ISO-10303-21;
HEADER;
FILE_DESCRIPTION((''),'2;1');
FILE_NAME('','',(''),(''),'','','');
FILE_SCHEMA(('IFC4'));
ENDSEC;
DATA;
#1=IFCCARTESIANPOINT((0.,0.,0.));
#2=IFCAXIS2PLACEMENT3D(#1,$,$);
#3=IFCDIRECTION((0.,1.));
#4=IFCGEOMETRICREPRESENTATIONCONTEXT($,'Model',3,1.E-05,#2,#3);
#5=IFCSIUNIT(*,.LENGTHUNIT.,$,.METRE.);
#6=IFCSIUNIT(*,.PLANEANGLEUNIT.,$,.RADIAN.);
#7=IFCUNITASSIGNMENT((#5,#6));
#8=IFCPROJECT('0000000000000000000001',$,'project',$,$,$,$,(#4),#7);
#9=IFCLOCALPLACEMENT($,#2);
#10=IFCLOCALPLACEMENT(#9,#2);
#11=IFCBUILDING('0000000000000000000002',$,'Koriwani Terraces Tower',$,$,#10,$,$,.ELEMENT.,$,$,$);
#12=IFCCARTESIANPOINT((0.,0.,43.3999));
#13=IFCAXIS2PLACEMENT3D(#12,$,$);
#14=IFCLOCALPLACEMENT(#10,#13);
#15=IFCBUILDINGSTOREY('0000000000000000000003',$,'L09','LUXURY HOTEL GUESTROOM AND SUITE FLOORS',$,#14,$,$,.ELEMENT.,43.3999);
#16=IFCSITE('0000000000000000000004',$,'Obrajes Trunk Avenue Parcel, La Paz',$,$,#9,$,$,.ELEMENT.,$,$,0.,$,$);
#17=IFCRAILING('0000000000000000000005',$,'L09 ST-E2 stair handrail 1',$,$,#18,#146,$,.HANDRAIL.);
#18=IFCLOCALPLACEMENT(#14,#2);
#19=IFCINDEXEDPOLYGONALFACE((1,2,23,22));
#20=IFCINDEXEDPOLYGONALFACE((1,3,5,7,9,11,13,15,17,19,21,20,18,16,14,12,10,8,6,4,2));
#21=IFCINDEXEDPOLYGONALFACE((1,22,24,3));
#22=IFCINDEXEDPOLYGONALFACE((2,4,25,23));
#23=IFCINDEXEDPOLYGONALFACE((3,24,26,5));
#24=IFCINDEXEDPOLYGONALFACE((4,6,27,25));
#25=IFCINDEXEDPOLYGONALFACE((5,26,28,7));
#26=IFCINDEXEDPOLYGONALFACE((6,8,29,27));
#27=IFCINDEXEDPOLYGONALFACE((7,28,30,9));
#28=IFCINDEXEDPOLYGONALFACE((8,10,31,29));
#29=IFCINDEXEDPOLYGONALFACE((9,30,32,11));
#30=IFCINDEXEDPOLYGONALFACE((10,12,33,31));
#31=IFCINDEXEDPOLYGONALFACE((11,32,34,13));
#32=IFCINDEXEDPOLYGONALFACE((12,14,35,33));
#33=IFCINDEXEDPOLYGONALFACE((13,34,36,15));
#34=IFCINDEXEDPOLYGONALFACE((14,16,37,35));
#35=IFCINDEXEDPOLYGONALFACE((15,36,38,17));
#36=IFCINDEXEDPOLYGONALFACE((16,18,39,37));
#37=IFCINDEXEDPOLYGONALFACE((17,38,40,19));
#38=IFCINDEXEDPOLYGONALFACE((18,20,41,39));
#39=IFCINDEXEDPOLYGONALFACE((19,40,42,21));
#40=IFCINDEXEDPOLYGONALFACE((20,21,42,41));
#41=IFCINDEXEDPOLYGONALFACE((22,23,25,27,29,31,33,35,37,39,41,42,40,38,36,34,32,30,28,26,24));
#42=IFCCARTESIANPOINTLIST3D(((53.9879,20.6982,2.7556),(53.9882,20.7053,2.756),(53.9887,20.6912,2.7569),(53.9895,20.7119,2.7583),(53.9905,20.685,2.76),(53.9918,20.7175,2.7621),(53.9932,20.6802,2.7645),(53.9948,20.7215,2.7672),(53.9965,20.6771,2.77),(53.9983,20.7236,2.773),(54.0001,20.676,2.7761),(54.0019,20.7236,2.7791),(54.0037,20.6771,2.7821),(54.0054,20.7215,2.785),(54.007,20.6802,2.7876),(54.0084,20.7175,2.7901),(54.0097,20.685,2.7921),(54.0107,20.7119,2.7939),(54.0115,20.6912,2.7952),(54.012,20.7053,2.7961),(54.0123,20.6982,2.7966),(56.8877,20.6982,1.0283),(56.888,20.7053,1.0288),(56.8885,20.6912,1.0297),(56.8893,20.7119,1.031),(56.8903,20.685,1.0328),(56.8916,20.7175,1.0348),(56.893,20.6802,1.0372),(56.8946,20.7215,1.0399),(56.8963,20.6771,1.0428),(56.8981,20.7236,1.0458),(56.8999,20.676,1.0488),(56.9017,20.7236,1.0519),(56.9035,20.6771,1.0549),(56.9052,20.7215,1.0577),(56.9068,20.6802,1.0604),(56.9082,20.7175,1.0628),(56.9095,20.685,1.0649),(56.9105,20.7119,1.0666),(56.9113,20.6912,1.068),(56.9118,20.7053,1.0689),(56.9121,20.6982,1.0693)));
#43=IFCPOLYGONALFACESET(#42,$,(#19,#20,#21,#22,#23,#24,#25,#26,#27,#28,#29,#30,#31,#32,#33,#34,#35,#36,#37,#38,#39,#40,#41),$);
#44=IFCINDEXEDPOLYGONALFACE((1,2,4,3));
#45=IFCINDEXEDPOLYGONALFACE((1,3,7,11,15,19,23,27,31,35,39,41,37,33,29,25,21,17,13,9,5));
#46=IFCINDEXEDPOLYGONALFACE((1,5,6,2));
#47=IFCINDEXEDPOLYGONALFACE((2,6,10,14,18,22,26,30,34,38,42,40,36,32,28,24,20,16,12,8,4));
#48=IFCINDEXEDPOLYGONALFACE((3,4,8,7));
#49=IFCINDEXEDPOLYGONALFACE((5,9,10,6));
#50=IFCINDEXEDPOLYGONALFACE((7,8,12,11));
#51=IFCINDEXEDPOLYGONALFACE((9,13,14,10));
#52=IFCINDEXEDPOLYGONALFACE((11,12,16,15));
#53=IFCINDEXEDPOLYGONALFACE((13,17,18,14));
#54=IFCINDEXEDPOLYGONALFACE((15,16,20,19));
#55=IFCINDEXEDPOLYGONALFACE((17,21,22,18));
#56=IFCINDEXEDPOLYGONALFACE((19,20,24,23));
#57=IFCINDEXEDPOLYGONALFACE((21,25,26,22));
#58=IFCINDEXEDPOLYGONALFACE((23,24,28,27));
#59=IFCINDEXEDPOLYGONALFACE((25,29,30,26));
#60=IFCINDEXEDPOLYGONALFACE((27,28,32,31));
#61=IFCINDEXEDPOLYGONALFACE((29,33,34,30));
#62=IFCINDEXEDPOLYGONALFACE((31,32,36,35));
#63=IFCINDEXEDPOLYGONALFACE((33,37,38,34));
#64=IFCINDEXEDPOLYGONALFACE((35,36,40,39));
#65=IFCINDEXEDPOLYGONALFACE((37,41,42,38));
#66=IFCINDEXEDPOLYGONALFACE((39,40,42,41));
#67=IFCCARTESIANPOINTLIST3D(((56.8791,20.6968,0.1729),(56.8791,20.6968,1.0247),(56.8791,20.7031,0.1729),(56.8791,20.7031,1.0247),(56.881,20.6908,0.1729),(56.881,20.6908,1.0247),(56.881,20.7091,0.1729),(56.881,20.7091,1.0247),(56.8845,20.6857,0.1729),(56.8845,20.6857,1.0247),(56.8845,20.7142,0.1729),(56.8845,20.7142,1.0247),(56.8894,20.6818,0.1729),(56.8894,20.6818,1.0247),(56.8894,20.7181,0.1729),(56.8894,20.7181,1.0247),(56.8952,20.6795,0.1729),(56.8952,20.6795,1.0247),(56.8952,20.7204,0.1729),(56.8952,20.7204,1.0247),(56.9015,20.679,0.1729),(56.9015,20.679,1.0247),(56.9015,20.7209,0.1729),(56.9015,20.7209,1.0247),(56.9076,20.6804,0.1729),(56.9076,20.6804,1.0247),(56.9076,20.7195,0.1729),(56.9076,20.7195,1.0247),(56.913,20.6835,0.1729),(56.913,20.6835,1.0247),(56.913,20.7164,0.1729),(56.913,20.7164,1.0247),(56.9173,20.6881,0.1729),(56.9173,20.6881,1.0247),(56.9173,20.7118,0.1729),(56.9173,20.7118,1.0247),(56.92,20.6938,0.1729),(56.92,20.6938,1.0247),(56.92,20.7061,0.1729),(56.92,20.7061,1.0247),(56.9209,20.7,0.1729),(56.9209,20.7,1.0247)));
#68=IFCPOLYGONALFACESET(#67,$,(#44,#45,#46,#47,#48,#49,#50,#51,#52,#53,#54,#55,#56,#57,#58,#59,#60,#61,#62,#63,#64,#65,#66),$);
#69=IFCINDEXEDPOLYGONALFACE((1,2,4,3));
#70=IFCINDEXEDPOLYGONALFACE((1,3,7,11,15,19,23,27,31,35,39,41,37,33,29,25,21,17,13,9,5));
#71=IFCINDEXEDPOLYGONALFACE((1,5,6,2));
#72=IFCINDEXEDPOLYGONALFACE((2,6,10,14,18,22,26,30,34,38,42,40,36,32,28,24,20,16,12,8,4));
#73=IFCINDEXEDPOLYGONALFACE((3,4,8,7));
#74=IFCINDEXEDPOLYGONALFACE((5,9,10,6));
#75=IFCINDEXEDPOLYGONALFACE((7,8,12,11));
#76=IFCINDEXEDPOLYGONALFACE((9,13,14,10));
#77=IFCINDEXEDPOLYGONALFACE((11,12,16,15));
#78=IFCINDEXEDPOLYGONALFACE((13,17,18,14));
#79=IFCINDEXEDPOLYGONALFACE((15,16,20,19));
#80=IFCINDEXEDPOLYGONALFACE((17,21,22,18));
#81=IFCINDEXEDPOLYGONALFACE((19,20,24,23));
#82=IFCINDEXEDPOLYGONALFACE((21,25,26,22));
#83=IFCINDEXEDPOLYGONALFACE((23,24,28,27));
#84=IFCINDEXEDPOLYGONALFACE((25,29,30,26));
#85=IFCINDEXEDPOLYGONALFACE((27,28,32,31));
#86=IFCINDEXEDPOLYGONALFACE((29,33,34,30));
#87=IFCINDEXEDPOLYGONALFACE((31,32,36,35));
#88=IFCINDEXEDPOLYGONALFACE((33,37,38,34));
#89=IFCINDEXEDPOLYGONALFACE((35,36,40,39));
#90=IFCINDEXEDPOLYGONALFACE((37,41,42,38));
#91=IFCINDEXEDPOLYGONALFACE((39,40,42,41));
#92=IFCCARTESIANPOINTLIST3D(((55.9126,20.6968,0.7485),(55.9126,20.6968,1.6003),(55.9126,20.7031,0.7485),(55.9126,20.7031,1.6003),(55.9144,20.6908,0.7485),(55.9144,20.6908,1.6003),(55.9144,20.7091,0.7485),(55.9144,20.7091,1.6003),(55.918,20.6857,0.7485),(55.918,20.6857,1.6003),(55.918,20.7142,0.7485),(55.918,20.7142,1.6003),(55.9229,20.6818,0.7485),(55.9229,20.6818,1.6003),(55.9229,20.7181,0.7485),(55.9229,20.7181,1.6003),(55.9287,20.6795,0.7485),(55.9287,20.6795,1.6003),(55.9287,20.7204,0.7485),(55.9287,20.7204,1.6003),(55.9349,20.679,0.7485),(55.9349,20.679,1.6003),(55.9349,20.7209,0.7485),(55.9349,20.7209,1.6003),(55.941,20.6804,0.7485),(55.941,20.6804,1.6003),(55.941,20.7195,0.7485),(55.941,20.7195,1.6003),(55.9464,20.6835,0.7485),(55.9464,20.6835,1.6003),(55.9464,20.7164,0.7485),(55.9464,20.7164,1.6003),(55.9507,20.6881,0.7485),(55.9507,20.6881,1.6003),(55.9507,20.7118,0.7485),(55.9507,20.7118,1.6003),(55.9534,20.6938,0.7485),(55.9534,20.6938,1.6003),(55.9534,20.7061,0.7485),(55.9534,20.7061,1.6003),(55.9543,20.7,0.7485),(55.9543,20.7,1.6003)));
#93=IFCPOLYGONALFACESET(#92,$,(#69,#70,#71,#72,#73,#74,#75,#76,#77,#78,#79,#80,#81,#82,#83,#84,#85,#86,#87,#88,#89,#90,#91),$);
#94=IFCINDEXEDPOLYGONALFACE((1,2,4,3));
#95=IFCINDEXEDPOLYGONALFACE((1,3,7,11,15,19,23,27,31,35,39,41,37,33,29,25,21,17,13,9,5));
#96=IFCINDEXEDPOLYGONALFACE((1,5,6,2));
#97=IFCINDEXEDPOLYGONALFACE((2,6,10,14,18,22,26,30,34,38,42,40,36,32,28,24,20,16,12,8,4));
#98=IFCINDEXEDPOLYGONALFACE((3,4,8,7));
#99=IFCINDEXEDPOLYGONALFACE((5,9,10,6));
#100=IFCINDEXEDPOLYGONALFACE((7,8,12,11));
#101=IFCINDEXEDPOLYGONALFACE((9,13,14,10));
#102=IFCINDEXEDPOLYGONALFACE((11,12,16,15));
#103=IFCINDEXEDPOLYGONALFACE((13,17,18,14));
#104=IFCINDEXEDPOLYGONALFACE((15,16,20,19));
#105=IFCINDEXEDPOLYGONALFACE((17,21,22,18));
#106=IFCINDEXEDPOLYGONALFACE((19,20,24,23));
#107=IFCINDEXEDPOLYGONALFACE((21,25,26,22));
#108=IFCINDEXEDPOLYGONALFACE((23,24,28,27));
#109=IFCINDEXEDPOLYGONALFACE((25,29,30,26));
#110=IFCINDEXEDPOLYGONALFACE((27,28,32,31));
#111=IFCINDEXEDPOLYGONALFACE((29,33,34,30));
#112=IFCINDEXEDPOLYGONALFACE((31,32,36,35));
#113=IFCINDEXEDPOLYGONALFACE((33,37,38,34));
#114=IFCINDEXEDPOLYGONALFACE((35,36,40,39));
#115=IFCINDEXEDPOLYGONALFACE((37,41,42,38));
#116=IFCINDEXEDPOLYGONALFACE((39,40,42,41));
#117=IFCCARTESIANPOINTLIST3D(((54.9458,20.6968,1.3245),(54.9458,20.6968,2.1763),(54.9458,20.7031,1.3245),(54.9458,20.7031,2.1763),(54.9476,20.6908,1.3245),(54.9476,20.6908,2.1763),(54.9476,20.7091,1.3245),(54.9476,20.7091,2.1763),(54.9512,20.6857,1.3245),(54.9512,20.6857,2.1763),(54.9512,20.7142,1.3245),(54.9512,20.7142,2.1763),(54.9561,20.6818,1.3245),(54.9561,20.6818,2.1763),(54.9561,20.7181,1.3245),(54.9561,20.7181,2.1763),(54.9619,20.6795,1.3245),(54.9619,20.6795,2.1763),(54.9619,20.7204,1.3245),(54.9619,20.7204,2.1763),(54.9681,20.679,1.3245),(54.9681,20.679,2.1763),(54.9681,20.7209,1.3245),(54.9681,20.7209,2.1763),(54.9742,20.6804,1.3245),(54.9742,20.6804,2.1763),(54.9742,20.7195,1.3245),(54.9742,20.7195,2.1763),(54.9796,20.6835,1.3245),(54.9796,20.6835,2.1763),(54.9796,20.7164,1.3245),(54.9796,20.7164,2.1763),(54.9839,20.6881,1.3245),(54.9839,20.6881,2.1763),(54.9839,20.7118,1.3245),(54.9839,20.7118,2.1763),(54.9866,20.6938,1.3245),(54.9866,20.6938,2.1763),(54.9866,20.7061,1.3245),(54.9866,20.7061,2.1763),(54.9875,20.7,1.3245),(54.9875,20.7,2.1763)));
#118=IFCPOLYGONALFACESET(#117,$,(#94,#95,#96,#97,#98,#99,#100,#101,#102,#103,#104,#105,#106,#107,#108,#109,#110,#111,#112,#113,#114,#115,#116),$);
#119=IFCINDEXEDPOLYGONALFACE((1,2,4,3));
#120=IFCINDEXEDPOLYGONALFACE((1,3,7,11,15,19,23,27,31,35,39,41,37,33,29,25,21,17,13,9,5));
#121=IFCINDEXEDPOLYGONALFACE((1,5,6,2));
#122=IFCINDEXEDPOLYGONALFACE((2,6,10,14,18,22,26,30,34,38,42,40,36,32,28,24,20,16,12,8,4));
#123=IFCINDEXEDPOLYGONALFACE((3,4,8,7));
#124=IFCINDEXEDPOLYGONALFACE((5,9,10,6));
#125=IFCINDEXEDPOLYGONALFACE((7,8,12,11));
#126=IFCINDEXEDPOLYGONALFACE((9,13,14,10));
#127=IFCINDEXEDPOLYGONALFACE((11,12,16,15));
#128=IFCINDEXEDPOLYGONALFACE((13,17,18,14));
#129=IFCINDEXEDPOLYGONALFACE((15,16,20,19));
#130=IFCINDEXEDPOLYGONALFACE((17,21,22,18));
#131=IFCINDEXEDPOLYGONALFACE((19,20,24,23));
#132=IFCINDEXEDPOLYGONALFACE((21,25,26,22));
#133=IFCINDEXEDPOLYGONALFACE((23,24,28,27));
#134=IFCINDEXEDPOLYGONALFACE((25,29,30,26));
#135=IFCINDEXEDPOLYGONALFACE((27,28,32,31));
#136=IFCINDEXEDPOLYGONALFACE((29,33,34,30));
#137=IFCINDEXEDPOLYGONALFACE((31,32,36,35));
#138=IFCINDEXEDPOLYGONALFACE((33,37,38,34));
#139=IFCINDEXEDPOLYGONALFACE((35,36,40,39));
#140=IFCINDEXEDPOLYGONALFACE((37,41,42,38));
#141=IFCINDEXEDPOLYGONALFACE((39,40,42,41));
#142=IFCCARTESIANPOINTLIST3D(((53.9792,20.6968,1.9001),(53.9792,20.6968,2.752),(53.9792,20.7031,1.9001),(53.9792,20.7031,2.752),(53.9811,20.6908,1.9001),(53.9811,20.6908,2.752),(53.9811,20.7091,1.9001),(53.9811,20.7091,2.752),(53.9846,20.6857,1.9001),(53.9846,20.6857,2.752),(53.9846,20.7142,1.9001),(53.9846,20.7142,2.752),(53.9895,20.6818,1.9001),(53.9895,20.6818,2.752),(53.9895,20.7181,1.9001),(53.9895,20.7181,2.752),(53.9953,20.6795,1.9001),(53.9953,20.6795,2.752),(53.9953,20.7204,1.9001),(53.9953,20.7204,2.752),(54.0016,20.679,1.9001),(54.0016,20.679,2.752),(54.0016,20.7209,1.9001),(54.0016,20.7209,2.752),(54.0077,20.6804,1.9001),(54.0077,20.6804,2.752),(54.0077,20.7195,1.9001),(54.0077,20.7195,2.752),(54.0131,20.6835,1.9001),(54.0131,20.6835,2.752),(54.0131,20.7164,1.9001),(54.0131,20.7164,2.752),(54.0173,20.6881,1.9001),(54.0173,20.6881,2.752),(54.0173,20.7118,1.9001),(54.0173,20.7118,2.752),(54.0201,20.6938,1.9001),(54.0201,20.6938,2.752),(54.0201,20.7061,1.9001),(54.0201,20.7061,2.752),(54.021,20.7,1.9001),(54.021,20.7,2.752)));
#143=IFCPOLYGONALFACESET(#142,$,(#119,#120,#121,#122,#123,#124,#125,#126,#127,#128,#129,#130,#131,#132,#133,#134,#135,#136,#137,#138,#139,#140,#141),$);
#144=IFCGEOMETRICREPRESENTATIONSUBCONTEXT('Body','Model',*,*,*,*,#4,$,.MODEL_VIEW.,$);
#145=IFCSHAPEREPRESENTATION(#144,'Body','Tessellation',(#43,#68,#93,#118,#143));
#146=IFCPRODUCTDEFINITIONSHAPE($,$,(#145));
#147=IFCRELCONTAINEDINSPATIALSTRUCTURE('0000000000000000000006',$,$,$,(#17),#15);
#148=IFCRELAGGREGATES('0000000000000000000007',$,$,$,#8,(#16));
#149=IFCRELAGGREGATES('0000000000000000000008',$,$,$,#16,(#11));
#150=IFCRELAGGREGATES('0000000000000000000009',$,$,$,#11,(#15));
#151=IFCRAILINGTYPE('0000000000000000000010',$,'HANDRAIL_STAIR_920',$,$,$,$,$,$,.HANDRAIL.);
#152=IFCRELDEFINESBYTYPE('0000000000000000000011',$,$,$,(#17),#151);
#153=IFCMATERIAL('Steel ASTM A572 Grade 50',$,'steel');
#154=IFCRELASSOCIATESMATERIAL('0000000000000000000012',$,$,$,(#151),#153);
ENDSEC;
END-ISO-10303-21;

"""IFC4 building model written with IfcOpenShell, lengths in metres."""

from ifc_helpers import new_model, si_unit, direction, frame, origin, origin_2d, place, context, subcontext, project, spatial, circle, extrude, material, type_object, element, save


model = new_model("IFC4")

# Units and contexts
model_context = context("Model", 3, precision=1e-05, world=origin(), true_north=direction((0.0, 1.0)))
body_context = subcontext(model_context, "Body", "Model", "MODEL_VIEW")
ifc_project = project(units=[si_unit("LENGTHUNIT", "METRE"), si_unit("PLANEANGLEUNIT", "RADIAN")], contexts=[model_context])

# Site, building, storey
site_placement = place(None, origin())
site = spatial("IfcSite", under=ifc_project, at=site_placement, Name="Obrajes Trunk Avenue Parcel, La Paz", CompositionType="ELEMENT", RefElevation=0.0)
building_placement = place(site_placement, origin())
building = spatial("IfcBuilding", under=site, at=building_placement, Name="Koriwani Terraces Tower", CompositionType="ELEMENT")
storey_placement = place(building_placement, frame((0.0, 0.0, 43.3999)))
storey = spatial("IfcBuildingStorey", under=building, at=storey_placement, Name="L09", Description="LUXURY HOTEL GUESTROOM AND SUITE FLOORS", CompositionType="ELEMENT", Elevation=43.3999)

# Shared definitions
ifc_material_1 = material(Name="Steel ASTM A572 Grade 50", Category="steel")

# Railing
railing_type_1 = type_object("IfcRailingType", Name="HANDRAIL_STAIR_920", PredefinedType="HANDRAIL", material=ifc_material_1)
railing_1_placement = place(storey_placement, frame((56.8999, 20.7, 0.1729)))
element("IfcRailing", 1, at=railing_1_placement, inside=storey, type_object=railing_type_1, Name="L09 ST-E2 stair handrail 1", PredefinedType="HANDRAIL", context=body_context, shape_type="SweptSolid", body=[
    extrude(circle(Radius=0.0239, at=origin_2d()), frame((0.0, 0.0, 0.876), z_axis=(-0.859141, 0.0, 0.511738), x_axis=(0.0, -1.0, 0.0)), (0.0, 0.0, 1.0), 3.3752),
    extrude(circle(Radius=0.021, at=origin_2d()), origin(), (0.0, 0.0, 1.0), 0.8518),
    extrude(circle(Radius=0.021, at=origin_2d()), frame((-0.9666, 0.0, 0.5757)), (0.0, 0.0, 1.0), 0.8518),
    extrude(circle(Radius=0.021, at=origin_2d()), frame((-1.9333, 0.0, 1.1516)), (0.0, 0.0, 1.0), 0.8518),
    extrude(circle(Radius=0.021, at=origin_2d()), frame((-2.8999, 0.0, 1.7273)), (0.0, 0.0, 1.0), 0.8518),
])

save(model, "model.ifc")
